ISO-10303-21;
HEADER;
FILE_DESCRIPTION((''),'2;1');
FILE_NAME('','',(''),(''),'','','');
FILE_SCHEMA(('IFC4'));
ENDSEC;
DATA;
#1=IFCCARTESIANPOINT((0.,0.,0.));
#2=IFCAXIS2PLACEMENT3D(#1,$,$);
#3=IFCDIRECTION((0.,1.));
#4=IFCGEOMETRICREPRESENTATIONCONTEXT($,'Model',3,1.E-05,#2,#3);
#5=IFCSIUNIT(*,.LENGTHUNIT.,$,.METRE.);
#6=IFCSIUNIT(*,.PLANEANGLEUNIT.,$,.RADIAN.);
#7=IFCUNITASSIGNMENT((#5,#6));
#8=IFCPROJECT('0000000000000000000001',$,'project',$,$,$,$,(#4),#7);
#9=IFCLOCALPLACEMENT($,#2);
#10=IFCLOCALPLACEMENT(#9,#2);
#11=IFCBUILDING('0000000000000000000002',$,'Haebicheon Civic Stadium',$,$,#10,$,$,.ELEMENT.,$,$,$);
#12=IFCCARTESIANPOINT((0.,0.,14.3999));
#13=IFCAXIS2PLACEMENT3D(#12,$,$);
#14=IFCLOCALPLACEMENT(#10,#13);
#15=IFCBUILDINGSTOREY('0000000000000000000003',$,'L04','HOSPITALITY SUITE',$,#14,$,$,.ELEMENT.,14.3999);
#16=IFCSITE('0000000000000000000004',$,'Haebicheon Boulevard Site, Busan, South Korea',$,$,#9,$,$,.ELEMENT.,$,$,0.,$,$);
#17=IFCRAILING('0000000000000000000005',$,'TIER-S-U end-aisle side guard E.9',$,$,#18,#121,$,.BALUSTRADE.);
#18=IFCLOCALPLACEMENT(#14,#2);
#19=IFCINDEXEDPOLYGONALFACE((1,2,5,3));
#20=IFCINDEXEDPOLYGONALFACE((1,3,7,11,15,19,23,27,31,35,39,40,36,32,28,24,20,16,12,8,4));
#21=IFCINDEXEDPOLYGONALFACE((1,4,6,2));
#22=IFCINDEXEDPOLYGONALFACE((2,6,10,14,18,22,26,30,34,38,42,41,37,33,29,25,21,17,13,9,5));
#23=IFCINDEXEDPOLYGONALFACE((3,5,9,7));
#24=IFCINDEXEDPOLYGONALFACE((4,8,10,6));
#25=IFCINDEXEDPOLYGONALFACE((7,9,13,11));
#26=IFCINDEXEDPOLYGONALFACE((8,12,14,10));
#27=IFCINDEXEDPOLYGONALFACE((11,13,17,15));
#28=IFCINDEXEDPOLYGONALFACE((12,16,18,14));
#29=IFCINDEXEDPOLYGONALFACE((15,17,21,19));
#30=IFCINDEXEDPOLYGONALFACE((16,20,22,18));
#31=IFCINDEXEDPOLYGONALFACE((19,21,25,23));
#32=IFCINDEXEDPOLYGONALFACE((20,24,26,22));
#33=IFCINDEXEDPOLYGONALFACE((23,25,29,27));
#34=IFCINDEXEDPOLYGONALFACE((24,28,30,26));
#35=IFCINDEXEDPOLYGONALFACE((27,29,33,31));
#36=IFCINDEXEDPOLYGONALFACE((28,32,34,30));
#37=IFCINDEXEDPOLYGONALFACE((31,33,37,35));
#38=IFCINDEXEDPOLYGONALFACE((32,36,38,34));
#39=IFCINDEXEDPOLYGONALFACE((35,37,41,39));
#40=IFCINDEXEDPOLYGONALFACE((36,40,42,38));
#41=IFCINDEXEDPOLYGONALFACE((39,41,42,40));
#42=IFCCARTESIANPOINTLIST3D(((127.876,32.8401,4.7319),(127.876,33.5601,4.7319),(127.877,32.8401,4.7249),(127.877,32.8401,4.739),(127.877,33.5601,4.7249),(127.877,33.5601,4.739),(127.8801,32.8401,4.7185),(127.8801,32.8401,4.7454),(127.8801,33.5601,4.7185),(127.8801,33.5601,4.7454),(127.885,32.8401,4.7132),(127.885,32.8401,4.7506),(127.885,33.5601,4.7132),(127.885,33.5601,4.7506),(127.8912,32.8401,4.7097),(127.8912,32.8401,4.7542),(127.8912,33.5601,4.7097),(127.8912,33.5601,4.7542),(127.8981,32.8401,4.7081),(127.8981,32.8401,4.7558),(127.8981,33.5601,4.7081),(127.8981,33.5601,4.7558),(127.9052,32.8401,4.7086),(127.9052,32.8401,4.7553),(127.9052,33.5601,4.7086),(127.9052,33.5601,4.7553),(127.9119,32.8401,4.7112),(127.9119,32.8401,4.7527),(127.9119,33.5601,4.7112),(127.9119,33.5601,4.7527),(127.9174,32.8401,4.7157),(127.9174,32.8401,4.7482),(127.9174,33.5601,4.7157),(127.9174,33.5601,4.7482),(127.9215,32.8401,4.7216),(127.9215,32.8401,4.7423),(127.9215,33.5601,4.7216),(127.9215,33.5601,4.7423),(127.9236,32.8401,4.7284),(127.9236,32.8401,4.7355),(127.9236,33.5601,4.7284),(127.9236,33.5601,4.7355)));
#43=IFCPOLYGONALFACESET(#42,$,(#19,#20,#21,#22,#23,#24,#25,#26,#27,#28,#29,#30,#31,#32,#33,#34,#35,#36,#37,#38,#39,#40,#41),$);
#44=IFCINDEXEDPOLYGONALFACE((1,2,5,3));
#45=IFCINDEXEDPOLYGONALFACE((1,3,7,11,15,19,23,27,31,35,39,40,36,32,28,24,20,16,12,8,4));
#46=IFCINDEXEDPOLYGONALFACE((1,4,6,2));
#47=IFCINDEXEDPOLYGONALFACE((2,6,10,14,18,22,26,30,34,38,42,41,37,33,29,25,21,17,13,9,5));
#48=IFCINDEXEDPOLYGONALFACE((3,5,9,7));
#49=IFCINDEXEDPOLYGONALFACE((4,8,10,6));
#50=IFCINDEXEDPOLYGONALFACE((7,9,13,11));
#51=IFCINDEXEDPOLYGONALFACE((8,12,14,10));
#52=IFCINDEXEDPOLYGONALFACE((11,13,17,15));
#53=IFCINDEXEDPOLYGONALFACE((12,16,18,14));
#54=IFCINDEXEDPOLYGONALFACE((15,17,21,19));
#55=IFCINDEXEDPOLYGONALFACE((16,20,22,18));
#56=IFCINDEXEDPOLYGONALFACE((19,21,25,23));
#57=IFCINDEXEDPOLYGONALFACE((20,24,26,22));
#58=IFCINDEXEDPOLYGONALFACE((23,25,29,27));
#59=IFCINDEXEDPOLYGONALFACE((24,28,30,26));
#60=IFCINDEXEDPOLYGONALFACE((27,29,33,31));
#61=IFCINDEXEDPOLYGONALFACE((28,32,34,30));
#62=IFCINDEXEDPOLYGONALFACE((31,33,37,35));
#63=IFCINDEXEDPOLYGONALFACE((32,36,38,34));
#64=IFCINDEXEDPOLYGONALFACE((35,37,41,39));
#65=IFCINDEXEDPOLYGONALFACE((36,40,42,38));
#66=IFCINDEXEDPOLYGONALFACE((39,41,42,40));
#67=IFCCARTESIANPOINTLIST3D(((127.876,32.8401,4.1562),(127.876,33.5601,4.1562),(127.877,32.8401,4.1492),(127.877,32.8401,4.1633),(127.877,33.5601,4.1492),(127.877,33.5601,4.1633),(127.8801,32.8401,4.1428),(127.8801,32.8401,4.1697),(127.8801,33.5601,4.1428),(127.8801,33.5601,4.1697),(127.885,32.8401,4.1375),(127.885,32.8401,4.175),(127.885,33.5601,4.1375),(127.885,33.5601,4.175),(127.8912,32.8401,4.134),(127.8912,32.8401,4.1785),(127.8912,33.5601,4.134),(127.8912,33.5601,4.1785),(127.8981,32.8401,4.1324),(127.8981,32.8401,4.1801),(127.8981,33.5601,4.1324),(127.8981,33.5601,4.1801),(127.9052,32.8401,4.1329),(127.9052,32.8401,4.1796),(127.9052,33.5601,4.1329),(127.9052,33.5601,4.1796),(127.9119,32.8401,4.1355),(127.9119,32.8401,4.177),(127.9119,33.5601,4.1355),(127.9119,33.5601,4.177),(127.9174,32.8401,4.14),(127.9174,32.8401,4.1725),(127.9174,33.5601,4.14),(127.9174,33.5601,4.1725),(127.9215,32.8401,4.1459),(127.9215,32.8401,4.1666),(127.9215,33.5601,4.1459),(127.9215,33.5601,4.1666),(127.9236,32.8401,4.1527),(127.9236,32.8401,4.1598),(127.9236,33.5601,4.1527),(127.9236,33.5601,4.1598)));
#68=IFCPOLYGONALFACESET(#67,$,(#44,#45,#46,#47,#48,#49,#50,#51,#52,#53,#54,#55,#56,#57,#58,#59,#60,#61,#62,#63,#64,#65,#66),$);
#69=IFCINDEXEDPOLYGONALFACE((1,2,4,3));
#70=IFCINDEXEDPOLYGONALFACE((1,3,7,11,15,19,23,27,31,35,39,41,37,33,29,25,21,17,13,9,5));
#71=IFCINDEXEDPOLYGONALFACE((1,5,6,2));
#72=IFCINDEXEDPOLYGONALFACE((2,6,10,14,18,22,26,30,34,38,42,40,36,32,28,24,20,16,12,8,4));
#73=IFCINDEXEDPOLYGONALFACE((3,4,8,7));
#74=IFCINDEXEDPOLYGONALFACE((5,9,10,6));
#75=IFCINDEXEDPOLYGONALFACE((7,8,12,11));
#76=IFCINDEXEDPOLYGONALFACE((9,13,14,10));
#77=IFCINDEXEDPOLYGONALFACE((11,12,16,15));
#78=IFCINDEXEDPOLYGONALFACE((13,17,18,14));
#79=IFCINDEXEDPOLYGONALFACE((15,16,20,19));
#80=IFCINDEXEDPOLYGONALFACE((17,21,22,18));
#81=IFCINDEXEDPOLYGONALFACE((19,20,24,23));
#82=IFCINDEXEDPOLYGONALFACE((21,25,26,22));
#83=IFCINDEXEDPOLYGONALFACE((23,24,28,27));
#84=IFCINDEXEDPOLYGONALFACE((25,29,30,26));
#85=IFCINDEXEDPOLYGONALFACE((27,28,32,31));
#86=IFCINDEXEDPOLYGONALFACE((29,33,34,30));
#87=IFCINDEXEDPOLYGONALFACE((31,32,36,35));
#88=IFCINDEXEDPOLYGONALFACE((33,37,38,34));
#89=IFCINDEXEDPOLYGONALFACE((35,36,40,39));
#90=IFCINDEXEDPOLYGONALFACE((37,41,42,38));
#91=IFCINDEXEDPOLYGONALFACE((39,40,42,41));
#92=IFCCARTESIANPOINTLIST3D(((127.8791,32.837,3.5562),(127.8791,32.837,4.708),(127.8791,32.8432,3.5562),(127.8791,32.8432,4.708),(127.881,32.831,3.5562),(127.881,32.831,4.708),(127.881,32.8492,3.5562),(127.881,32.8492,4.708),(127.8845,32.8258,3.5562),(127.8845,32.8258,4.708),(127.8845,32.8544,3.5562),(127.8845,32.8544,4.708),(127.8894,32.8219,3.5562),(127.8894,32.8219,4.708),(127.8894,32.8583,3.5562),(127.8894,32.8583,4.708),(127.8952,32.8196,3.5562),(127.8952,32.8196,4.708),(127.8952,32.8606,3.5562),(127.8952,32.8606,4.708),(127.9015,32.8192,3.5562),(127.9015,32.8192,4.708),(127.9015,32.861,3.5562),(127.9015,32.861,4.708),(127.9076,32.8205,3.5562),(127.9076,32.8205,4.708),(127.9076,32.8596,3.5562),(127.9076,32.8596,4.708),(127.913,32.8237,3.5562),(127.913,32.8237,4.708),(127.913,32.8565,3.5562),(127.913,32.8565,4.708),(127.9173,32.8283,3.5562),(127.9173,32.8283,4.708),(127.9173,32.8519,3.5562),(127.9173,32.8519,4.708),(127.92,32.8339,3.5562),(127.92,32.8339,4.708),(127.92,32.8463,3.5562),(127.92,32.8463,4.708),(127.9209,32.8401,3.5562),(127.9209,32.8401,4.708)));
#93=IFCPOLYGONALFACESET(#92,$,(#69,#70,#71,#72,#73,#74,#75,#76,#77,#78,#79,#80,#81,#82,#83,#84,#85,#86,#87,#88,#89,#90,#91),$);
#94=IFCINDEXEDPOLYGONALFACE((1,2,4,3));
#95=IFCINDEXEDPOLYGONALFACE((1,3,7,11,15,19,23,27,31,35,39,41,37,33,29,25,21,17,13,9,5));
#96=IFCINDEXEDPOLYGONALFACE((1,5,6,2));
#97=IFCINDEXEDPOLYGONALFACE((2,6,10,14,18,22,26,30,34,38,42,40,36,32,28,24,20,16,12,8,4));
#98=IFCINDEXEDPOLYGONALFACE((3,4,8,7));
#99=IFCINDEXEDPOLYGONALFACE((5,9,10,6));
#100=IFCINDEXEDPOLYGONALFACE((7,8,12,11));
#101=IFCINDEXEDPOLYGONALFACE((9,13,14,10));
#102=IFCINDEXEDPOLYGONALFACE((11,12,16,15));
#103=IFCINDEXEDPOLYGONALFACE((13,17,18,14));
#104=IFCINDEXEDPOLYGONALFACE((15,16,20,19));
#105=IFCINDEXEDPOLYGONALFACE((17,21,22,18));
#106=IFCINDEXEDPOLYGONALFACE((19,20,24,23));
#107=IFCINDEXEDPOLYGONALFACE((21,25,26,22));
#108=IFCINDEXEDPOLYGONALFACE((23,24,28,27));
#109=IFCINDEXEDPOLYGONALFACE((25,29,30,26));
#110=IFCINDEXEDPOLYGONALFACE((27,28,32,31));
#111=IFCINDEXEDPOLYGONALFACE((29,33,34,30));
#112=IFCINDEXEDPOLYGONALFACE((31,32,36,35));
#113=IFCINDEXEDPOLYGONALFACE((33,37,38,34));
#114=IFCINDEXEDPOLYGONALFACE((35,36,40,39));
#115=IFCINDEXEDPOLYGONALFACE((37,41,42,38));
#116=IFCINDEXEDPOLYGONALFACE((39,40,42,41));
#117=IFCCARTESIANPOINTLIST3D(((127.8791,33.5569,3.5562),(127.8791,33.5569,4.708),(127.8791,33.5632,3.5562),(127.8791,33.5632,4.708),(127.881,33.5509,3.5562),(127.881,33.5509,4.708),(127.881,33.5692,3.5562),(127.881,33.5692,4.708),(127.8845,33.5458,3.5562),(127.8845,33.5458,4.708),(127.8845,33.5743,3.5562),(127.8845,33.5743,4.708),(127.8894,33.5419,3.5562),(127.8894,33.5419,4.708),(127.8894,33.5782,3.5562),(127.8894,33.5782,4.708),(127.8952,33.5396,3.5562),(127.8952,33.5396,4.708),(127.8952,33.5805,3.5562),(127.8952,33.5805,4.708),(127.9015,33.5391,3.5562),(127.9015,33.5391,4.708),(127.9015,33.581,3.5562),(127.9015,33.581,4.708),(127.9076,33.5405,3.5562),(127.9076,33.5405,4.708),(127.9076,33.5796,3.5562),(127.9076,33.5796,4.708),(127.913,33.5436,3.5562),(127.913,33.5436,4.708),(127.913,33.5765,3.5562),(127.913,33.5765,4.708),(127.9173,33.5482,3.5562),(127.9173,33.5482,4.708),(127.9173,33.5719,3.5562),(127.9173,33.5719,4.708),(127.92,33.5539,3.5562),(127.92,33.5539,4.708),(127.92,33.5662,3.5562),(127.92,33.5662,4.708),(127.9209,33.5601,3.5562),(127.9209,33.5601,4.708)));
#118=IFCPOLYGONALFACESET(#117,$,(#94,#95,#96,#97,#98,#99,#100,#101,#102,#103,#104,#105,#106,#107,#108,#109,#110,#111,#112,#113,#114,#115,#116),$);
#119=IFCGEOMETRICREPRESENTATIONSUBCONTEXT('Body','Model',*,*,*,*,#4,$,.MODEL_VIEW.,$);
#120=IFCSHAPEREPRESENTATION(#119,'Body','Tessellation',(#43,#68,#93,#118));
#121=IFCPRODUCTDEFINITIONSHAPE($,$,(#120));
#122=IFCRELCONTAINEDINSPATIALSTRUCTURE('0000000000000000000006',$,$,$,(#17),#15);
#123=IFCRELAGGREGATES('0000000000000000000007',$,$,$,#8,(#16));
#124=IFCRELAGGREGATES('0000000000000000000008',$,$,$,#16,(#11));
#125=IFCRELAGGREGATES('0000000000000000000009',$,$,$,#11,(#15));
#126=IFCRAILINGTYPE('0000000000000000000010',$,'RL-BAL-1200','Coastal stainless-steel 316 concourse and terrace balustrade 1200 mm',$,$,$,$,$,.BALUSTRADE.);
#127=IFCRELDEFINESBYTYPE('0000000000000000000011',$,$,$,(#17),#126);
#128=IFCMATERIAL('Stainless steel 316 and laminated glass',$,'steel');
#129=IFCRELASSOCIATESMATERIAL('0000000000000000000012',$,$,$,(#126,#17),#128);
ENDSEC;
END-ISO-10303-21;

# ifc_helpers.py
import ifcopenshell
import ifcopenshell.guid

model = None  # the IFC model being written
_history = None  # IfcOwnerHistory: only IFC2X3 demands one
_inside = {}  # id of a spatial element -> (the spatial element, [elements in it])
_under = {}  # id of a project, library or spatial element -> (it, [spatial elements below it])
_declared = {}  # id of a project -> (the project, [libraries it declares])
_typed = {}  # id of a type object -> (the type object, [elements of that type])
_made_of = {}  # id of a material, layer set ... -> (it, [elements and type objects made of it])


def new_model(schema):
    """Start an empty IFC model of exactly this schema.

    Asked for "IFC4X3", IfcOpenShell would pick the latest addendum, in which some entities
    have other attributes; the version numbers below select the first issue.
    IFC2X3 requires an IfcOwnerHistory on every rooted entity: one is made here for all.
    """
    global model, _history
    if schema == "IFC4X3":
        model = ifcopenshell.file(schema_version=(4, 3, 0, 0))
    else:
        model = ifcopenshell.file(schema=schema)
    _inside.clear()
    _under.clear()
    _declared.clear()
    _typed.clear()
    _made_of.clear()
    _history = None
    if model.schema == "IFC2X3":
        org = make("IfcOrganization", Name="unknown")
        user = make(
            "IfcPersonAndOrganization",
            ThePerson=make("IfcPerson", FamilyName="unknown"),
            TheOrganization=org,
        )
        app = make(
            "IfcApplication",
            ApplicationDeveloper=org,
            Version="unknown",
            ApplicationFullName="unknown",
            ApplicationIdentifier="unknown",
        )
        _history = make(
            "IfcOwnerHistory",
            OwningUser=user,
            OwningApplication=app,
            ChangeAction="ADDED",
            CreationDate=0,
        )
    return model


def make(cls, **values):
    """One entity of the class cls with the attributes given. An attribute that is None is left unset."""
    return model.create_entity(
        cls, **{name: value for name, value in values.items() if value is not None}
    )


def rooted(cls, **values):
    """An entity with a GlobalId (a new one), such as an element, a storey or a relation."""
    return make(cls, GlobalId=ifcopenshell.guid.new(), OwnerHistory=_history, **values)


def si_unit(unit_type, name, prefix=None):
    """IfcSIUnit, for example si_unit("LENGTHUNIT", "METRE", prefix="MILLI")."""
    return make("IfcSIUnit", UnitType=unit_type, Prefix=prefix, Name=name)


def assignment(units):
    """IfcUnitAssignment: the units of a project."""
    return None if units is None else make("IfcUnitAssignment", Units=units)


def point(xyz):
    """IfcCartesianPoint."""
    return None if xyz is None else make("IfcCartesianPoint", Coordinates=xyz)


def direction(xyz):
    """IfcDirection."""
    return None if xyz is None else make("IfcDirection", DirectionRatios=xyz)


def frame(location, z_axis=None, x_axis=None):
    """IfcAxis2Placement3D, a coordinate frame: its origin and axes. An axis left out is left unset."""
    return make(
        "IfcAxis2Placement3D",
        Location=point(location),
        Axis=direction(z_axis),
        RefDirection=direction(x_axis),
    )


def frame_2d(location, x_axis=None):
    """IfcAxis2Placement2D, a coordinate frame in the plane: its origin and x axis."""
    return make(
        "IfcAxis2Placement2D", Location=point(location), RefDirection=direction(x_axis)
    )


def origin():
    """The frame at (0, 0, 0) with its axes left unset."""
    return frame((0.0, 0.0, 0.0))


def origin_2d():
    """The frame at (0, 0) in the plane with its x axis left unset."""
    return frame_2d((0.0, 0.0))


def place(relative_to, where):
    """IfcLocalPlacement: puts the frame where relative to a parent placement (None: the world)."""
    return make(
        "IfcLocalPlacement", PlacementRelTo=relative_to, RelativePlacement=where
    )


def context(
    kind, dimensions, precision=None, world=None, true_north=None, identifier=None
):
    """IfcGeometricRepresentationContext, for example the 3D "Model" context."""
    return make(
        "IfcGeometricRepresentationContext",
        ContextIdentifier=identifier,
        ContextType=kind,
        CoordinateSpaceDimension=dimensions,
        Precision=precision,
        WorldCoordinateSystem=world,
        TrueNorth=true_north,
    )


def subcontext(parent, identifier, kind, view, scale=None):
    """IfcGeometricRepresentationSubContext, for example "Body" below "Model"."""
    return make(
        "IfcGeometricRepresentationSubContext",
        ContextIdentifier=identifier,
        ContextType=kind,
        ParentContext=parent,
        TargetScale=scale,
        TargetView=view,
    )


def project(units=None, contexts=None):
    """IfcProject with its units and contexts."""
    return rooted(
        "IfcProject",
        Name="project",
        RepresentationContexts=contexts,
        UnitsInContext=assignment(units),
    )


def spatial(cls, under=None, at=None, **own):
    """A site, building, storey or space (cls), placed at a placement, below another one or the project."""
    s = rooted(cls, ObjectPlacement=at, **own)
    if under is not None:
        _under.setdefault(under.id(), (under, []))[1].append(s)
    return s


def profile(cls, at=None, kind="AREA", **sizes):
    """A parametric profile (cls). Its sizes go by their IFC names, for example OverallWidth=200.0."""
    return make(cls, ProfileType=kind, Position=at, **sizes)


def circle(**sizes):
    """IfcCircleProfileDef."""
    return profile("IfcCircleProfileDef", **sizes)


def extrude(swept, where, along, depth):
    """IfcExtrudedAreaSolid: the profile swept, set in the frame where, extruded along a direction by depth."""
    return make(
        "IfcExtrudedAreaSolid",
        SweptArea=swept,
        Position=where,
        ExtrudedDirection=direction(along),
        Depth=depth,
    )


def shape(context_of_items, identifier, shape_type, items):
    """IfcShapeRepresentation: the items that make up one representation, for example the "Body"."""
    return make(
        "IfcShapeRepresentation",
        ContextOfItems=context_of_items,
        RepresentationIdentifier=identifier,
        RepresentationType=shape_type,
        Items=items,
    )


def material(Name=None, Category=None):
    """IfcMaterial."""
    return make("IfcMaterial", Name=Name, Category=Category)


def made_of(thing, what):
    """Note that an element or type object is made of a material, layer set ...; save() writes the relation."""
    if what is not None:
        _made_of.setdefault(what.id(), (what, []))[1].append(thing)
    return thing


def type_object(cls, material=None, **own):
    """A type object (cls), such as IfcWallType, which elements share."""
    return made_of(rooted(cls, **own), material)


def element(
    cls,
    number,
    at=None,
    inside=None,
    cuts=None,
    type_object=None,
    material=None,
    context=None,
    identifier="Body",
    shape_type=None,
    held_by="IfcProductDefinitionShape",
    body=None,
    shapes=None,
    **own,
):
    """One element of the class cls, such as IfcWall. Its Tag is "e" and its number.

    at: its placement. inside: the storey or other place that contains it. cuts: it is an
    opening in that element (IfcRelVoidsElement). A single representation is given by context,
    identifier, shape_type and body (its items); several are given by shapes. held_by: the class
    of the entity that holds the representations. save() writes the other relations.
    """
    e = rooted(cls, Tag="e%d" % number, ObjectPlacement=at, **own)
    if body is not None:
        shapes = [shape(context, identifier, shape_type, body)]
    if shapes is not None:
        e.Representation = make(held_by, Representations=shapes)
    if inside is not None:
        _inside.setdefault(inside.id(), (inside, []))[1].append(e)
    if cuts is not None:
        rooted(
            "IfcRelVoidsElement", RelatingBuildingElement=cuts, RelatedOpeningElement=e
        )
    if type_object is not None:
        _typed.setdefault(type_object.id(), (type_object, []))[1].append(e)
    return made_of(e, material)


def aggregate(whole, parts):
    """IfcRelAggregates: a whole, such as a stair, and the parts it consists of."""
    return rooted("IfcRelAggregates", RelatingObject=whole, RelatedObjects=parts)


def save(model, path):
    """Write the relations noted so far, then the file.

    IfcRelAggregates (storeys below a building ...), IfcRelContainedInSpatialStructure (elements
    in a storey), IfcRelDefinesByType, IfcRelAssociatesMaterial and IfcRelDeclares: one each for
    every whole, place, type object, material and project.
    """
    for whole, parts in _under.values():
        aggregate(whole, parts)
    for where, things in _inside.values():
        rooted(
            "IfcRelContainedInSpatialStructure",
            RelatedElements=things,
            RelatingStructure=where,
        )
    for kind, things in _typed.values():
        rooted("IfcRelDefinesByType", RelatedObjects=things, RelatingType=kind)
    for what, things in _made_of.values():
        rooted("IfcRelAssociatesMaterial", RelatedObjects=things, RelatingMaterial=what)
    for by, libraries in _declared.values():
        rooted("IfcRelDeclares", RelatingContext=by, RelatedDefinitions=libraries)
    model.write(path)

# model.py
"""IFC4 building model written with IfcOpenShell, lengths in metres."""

from ifc_helpers import new_model, si_unit, direction, frame, origin, origin_2d, place, context, subcontext, project, spatial, circle, extrude, material, type_object, element, save


model = new_model("IFC4")

# Units and contexts
model_context = context("Model", 3, precision=1e-05, world=origin(), true_north=direction((0.0, 1.0)))
body_context = subcontext(model_context, "Body", "Model", "MODEL_VIEW")
ifc_project = project(units=[si_unit("LENGTHUNIT", "METRE"), si_unit("PLANEANGLEUNIT", "RADIAN")], contexts=[model_context])

# Site, building, storey
site_placement = place(None, origin())
site = spatial("IfcSite", under=ifc_project, at=site_placement, Name="Haebicheon Boulevard Site, Busan, South Korea", CompositionType="ELEMENT", RefElevation=0.0)
building_placement = place(site_placement, origin())
building = spatial("IfcBuilding", under=site, at=building_placement, Name="Haebicheon Civic Stadium", CompositionType="ELEMENT")
storey_placement = place(building_placement, frame((0.0, 0.0, 14.3999)))
storey = spatial("IfcBuildingStorey", under=building, at=storey_placement, Name="L04", Description="HOSPITALITY SUITE", CompositionType="ELEMENT", Elevation=14.3999)

# Railing
ifc_material_1 = material(Name="Stainless steel 316 and laminated glass", Category="steel")
railing_type = type_object("IfcRailingType", Name="RL-BAL-1200", Description="Coastal stainless-steel 316 concourse and terrace balustrade 1200 mm", PredefinedType="BALUSTRADE", material=ifc_material_1)
railing_1_placement = place(storey_placement, frame((127.8999, 32.8401, 3.5562)))
element("IfcRailing", 1, at=railing_1_placement, inside=storey, type_object=railing_type, material=ifc_material_1, Name="TIER-S-U end-aisle side guard E.9", PredefinedType="BALUSTRADE", context=body_context, shape_type="SweptSolid", body=[
    extrude(circle(Radius=0.0239, at=origin_2d()), frame((0.0, 0.0, 1.1758), z_axis=(0.0, 1.0, 0.0), x_axis=(-1.0, 0.0, 0.0)), (0.0, 0.0, 1.0), 0.72),
    extrude(circle(Radius=0.0239, at=origin_2d()), frame((0.0, 0.0, 0.6001), z_axis=(0.0, 1.0, 0.0), x_axis=(-1.0, 0.0, 0.0)), (0.0, 0.0, 1.0), 0.72),
    extrude(circle(Radius=0.021, at=origin_2d()), origin(), (0.0, 0.0, 1.0), 1.1519),
    extrude(circle(Radius=0.021, at=origin_2d()), frame((0.0, 0.72, 0.0)), (0.0, 0.0, 1.0), 1.1519),
])

save(model, "model.ifc")
